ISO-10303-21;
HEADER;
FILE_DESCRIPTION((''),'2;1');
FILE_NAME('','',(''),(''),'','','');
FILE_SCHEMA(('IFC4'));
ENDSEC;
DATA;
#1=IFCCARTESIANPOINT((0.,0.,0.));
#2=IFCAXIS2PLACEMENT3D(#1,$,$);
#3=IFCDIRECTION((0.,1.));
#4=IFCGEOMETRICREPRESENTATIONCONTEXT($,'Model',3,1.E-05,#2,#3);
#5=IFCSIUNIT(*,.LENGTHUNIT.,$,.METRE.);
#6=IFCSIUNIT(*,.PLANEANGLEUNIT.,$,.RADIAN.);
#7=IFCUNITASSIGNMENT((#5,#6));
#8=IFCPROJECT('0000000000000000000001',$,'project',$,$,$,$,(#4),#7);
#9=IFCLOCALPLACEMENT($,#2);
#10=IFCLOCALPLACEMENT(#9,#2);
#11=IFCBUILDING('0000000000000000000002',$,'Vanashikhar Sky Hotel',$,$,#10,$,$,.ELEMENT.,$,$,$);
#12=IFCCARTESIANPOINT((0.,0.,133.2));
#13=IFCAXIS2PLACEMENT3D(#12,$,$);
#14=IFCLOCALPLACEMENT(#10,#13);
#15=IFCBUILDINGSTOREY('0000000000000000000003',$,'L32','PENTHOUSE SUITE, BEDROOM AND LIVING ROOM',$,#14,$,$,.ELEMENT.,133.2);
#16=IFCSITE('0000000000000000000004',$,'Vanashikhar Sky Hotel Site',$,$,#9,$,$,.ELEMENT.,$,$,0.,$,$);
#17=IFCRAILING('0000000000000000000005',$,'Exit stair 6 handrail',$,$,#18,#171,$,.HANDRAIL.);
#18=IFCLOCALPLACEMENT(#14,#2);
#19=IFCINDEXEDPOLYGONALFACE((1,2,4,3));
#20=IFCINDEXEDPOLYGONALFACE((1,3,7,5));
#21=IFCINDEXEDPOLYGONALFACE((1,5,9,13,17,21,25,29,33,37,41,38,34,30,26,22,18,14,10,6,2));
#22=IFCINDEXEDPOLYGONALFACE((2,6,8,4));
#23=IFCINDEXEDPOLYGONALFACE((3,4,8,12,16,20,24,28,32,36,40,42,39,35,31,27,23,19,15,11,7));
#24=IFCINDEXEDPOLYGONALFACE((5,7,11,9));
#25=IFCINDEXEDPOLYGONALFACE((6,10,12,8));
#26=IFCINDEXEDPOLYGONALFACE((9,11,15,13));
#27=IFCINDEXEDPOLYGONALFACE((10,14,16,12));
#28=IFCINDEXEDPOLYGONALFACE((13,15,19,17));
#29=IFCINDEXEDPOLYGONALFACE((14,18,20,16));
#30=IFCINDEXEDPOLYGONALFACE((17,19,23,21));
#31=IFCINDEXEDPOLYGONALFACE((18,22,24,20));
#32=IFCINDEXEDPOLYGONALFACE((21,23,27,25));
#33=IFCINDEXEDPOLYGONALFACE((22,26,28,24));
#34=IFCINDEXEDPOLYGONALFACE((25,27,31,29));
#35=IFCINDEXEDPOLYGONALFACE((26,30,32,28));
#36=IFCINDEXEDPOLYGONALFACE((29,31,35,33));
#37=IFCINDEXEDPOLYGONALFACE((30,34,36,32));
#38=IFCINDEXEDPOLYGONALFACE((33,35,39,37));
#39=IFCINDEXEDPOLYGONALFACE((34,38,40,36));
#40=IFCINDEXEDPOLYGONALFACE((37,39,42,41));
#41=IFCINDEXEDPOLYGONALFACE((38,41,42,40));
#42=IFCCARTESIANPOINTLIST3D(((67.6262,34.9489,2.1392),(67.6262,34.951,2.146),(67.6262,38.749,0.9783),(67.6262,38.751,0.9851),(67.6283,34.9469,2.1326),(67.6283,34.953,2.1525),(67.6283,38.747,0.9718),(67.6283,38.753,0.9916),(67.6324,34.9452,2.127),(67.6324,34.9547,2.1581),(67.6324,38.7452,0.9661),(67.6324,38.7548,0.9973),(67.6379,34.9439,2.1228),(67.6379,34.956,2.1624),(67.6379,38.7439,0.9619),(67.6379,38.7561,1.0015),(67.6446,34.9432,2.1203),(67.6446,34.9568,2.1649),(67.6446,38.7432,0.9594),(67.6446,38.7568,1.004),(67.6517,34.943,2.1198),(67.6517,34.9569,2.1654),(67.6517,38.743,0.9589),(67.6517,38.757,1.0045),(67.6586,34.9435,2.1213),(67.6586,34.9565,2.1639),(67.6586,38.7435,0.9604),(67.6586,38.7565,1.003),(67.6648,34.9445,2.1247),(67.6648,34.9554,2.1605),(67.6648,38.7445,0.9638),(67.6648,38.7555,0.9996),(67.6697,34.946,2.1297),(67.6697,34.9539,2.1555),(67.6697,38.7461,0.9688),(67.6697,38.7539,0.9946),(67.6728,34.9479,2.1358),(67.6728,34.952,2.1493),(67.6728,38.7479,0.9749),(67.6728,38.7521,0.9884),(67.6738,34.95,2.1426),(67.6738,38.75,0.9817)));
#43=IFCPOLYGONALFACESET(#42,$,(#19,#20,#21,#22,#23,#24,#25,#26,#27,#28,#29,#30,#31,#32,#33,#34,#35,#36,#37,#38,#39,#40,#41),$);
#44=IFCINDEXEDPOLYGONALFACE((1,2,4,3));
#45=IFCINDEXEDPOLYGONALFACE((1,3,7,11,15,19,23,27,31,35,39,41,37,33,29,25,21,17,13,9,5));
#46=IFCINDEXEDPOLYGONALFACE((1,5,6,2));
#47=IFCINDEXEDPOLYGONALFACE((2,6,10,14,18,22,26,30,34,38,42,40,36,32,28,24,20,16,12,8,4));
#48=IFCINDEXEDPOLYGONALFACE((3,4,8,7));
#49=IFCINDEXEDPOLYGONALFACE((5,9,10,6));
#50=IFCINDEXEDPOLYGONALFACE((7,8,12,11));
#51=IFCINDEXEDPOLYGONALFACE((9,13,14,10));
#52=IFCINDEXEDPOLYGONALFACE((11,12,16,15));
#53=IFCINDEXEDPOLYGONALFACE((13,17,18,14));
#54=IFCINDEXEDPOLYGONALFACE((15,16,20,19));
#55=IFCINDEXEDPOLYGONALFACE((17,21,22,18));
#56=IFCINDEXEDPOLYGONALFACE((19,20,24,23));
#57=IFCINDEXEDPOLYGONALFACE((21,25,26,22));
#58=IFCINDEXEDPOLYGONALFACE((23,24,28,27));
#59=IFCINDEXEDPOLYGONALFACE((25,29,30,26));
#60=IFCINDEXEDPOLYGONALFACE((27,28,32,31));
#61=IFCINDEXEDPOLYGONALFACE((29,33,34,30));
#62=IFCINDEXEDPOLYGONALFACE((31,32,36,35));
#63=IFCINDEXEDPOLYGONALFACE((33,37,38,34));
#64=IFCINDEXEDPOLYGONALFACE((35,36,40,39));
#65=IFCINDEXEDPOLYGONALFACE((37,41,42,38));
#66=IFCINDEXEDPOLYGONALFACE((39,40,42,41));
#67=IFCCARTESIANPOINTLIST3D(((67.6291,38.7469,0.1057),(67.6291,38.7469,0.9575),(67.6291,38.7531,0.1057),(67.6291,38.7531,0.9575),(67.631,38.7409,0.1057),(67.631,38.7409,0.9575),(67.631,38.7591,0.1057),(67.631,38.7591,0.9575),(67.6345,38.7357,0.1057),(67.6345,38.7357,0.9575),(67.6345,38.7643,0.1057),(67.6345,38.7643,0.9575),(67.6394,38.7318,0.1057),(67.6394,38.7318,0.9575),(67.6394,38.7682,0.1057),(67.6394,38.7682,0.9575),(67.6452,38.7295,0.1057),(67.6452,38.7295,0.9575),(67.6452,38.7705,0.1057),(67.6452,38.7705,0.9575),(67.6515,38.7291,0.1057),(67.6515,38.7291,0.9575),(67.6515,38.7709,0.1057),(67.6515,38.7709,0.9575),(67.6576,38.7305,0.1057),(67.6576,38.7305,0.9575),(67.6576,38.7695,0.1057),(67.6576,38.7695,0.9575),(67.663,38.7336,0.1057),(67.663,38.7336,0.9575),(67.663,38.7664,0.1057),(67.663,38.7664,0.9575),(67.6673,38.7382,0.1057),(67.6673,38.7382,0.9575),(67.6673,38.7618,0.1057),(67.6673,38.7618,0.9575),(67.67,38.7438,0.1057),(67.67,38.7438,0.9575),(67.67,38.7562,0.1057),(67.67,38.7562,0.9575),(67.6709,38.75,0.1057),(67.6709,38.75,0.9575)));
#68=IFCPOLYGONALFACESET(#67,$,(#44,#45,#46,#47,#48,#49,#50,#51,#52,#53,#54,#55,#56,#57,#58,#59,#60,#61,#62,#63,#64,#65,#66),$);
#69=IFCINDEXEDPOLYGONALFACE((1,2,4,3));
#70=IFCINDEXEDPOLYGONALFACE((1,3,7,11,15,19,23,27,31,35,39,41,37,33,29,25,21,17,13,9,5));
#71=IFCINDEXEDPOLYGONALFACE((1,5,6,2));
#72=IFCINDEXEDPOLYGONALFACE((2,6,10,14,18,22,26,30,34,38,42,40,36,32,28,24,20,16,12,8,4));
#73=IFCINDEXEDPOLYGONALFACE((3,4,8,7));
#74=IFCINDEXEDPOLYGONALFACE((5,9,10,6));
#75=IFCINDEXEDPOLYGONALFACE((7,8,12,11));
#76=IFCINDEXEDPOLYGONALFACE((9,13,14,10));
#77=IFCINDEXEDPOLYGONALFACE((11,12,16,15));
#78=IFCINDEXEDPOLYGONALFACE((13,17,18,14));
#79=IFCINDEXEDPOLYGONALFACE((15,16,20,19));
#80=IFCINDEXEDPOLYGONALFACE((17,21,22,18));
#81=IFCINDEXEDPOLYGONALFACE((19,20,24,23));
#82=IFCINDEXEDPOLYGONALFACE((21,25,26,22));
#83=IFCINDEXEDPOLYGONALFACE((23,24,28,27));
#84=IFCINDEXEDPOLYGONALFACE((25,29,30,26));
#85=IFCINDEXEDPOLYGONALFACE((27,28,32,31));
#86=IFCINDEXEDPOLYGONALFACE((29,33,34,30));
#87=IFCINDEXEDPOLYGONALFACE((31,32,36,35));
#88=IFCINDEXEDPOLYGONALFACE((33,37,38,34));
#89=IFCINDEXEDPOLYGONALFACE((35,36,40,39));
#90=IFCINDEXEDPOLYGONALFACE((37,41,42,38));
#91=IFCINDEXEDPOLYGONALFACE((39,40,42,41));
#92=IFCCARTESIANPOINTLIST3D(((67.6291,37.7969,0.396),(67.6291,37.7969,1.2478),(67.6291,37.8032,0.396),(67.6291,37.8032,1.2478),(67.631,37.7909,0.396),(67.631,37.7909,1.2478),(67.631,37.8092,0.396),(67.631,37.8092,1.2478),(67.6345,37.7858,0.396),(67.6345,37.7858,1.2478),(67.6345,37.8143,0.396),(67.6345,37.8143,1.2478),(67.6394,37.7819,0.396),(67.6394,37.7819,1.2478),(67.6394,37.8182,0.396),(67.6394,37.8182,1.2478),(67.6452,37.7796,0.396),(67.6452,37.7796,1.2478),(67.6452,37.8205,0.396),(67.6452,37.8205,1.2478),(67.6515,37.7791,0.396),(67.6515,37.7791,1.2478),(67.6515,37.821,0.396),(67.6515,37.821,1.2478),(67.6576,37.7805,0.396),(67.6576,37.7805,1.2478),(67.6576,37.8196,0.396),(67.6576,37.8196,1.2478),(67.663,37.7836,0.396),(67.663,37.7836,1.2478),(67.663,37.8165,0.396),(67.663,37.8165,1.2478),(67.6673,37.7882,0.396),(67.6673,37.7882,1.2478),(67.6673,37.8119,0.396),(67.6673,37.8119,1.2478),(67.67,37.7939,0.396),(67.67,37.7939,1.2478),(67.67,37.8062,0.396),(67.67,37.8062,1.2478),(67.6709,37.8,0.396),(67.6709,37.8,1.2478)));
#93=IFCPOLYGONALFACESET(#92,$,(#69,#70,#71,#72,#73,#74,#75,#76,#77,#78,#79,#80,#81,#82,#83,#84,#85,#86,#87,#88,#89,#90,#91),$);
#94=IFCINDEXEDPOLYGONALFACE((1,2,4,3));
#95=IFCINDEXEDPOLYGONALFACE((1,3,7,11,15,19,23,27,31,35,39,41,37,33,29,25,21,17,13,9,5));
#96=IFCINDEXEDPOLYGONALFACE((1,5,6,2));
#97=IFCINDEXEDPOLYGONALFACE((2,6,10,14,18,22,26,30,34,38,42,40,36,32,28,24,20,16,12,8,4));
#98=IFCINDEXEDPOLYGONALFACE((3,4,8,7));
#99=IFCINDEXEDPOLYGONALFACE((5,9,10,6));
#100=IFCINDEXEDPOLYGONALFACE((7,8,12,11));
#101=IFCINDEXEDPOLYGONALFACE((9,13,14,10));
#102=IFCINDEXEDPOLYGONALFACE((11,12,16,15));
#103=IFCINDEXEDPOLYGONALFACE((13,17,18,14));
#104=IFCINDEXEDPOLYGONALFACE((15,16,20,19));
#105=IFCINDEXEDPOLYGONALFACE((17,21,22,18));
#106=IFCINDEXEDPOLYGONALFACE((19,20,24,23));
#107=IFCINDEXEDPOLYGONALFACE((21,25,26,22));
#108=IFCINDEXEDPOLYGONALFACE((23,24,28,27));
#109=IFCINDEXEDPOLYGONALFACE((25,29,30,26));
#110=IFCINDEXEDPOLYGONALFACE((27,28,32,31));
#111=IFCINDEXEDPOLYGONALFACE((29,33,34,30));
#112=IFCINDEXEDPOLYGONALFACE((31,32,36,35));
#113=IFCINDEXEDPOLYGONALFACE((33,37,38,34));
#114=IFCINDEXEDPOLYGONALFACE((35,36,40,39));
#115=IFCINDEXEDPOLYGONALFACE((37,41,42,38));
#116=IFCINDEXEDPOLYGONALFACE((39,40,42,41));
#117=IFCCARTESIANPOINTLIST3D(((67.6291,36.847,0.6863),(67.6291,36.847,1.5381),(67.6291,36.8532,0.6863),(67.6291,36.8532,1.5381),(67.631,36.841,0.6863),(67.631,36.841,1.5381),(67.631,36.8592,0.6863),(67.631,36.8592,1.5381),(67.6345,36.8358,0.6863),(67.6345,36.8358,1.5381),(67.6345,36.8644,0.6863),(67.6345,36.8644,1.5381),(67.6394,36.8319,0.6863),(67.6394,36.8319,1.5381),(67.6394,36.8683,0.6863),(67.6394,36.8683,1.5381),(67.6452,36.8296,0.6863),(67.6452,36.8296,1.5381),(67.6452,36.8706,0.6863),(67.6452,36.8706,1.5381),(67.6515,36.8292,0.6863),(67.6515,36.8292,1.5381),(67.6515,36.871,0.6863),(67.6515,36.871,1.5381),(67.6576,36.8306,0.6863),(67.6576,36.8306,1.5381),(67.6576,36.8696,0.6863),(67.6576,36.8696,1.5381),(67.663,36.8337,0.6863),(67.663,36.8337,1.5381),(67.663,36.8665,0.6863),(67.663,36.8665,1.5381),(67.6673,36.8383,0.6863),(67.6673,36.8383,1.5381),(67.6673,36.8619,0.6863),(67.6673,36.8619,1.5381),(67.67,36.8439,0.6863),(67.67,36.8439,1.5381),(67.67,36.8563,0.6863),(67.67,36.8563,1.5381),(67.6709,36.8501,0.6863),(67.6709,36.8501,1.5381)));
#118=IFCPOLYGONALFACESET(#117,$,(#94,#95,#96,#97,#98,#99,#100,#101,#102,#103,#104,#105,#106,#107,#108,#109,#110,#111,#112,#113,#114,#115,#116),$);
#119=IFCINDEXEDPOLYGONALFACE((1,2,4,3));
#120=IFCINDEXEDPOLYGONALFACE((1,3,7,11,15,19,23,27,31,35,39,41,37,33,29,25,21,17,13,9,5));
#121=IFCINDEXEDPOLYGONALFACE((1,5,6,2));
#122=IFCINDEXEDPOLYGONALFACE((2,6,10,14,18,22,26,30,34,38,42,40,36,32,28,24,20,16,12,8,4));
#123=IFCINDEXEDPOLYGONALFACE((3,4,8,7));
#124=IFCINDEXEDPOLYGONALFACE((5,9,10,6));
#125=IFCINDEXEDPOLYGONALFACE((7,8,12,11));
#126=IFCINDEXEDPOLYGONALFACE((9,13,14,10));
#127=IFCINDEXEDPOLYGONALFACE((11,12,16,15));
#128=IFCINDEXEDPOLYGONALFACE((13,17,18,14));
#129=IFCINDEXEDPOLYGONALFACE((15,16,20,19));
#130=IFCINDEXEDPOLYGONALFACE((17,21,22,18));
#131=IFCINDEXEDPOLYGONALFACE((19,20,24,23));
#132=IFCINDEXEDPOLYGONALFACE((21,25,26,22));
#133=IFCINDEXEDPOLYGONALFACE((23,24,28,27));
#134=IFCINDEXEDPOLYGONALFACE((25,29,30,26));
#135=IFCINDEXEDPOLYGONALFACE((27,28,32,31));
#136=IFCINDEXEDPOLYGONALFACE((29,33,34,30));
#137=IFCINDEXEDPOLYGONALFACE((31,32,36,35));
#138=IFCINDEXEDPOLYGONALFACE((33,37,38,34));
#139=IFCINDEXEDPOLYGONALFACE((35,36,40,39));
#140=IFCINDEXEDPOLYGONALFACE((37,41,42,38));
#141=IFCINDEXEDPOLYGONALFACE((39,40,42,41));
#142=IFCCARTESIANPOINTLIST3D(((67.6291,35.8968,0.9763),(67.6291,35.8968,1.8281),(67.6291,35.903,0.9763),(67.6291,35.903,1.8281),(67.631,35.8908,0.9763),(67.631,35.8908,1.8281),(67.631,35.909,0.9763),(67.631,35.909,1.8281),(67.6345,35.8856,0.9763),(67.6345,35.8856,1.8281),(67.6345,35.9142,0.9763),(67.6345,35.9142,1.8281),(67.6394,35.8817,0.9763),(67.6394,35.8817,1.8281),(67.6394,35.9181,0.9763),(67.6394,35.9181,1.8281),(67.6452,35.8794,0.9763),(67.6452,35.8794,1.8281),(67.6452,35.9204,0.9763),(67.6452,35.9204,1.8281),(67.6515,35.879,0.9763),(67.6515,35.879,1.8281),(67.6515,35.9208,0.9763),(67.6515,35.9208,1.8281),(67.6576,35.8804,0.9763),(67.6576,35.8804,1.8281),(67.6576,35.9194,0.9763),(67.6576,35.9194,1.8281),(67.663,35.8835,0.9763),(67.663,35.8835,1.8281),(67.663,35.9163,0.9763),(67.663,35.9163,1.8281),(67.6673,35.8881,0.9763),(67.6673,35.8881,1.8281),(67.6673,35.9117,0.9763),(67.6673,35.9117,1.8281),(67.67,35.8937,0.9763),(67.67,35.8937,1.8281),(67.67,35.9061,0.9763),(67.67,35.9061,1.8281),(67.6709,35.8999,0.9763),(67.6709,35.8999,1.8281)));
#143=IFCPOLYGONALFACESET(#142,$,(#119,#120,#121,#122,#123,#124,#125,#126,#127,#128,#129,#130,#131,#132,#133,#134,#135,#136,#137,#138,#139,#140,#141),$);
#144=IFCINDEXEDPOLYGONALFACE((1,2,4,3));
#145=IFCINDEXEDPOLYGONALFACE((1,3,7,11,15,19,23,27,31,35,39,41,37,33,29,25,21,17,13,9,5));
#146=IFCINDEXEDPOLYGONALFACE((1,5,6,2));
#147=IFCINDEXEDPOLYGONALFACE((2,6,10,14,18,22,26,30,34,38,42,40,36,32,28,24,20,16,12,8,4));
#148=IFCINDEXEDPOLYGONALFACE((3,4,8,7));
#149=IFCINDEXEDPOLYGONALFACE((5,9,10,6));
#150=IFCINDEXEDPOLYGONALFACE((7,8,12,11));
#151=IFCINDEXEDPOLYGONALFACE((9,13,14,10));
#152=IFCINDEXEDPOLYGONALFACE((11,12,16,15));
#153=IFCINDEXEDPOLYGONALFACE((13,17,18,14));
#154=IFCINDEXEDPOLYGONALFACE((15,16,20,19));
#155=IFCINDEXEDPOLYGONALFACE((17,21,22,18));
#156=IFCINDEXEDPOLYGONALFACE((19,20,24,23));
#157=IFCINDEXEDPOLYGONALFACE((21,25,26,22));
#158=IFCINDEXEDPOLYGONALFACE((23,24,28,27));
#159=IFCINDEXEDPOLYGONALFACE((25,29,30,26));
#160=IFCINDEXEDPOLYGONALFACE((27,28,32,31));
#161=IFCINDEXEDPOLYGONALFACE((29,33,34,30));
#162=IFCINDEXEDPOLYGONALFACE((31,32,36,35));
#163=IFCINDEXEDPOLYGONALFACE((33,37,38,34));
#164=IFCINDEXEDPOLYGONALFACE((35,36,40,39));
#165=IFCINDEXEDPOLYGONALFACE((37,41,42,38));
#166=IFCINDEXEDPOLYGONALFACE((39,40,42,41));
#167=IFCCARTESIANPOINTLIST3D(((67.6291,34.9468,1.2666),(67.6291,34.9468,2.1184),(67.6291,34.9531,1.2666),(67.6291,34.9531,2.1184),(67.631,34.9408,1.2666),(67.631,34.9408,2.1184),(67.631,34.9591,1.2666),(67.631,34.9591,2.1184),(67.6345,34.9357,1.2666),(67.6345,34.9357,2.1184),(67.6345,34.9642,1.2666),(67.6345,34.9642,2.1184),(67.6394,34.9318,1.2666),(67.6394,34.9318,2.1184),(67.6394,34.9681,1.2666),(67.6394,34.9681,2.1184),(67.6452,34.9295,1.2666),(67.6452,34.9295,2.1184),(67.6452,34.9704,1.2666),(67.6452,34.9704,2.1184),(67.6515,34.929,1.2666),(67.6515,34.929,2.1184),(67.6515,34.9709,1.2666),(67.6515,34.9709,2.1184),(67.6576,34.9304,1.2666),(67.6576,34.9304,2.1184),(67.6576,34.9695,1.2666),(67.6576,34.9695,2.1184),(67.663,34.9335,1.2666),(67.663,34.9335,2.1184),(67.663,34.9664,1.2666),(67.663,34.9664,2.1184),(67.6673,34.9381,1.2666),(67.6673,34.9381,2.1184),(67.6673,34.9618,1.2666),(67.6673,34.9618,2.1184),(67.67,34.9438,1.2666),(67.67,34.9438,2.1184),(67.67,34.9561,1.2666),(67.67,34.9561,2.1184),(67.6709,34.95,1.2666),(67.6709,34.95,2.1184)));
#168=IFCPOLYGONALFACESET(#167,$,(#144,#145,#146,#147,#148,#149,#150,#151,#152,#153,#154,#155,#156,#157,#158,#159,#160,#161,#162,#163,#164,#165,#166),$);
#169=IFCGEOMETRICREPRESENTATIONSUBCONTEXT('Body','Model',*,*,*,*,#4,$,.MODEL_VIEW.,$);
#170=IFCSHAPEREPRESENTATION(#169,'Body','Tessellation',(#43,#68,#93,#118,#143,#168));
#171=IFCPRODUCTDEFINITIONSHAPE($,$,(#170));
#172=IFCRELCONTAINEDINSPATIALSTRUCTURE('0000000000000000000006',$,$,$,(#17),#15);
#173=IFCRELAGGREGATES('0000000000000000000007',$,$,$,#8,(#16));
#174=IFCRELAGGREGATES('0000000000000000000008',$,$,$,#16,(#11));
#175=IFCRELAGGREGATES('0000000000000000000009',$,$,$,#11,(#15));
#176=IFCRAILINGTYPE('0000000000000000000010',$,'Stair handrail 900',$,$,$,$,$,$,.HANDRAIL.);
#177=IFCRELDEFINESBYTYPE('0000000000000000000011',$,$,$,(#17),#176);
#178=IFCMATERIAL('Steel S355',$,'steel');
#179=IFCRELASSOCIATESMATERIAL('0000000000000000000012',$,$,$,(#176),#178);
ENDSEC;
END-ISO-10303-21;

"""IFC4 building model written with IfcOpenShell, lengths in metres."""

from ifc_helpers import new_model, si_unit, direction, frame, origin, origin_2d, place, context, subcontext, project, spatial, circle, extrude, source, transform, mapped, material, type_object, element, save


model = new_model("IFC4")

# Units and contexts
model_context = context("Model", 3, precision=1e-05, world=origin(), true_north=direction((0.0, 1.0)))
body_context = subcontext(model_context, "Body", "Model", "MODEL_VIEW")
ifc_project = project(units=[si_unit("LENGTHUNIT", "METRE"), si_unit("PLANEANGLEUNIT", "RADIAN")], contexts=[model_context])

# Site, building, storey
site_placement = place(None, origin())
site = spatial("IfcSite", under=ifc_project, at=site_placement, Name="Vanashikhar Sky Hotel Site", CompositionType="ELEMENT", RefElevation=0.0)
building_placement = place(site_placement, origin())
building = spatial("IfcBuilding", under=site, at=building_placement, Name="Vanashikhar Sky Hotel", CompositionType="ELEMENT")
storey_placement = place(building_placement, frame((0.0, 0.0, 133.2)))
storey = spatial("IfcBuildingStorey", under=building, at=storey_placement, Name="L32", Description="PENTHOUSE SUITE, BEDROOM AND LIVING ROOM", CompositionType="ELEMENT", Elevation=133.2)

# Railing
ifc_material_1 = material(Name="Steel S355", Category="steel")
railing_type_1 = type_object("IfcRailingType", Name="Stair handrail 900", PredefinedType="HANDRAIL", material=ifc_material_1)
shared_shape_1 = source(origin(), body_context, "Body", "SweptSolid", [
    extrude(circle(Radius=0.0239, at=origin_2d()), frame((0.0, 0.0, 0.876), z_axis=(0.0, -0.956368, 0.292164), x_axis=(1.0, 0.0, 0.0)), (0.0, 0.0, 1.0), 3.9734),
    extrude(circle(Radius=0.021, at=origin_2d()), origin(), (0.0, 0.0, 1.0), 0.8518),
    extrude(circle(Radius=0.021, at=origin_2d()), frame((0.0, -0.95, 0.2903)), (0.0, 0.0, 1.0), 0.8518),
    extrude(circle(Radius=0.021, at=origin_2d()), frame((0.0, -1.8999, 0.5806)), (0.0, 0.0, 1.0), 0.8518),
    extrude(circle(Radius=0.021, at=origin_2d()), frame((0.0, -2.8501, 0.8706)), (0.0, 0.0, 1.0), 0.8518),
    extrude(circle(Radius=0.021, at=origin_2d()), frame((0.0, -3.8, 1.1609)), (0.0, 0.0, 1.0), 0.8518),
])
for number, where, name in (
    (1, (67.6499, 38.75, 0.1057), "Exit stair 6 handrail"),
):
    element("IfcRailing", number, at=place(storey_placement, frame(where)), inside=storey, type_object=railing_type_1, Name=name, PredefinedType="HANDRAIL", context=body_context, shape_type="MappedRepresentation", body=[
        mapped(shared_shape_1, transform((0.0, 0.0, 0.0), scale=1.0)),
    ])

save(model, "model.ifc")
